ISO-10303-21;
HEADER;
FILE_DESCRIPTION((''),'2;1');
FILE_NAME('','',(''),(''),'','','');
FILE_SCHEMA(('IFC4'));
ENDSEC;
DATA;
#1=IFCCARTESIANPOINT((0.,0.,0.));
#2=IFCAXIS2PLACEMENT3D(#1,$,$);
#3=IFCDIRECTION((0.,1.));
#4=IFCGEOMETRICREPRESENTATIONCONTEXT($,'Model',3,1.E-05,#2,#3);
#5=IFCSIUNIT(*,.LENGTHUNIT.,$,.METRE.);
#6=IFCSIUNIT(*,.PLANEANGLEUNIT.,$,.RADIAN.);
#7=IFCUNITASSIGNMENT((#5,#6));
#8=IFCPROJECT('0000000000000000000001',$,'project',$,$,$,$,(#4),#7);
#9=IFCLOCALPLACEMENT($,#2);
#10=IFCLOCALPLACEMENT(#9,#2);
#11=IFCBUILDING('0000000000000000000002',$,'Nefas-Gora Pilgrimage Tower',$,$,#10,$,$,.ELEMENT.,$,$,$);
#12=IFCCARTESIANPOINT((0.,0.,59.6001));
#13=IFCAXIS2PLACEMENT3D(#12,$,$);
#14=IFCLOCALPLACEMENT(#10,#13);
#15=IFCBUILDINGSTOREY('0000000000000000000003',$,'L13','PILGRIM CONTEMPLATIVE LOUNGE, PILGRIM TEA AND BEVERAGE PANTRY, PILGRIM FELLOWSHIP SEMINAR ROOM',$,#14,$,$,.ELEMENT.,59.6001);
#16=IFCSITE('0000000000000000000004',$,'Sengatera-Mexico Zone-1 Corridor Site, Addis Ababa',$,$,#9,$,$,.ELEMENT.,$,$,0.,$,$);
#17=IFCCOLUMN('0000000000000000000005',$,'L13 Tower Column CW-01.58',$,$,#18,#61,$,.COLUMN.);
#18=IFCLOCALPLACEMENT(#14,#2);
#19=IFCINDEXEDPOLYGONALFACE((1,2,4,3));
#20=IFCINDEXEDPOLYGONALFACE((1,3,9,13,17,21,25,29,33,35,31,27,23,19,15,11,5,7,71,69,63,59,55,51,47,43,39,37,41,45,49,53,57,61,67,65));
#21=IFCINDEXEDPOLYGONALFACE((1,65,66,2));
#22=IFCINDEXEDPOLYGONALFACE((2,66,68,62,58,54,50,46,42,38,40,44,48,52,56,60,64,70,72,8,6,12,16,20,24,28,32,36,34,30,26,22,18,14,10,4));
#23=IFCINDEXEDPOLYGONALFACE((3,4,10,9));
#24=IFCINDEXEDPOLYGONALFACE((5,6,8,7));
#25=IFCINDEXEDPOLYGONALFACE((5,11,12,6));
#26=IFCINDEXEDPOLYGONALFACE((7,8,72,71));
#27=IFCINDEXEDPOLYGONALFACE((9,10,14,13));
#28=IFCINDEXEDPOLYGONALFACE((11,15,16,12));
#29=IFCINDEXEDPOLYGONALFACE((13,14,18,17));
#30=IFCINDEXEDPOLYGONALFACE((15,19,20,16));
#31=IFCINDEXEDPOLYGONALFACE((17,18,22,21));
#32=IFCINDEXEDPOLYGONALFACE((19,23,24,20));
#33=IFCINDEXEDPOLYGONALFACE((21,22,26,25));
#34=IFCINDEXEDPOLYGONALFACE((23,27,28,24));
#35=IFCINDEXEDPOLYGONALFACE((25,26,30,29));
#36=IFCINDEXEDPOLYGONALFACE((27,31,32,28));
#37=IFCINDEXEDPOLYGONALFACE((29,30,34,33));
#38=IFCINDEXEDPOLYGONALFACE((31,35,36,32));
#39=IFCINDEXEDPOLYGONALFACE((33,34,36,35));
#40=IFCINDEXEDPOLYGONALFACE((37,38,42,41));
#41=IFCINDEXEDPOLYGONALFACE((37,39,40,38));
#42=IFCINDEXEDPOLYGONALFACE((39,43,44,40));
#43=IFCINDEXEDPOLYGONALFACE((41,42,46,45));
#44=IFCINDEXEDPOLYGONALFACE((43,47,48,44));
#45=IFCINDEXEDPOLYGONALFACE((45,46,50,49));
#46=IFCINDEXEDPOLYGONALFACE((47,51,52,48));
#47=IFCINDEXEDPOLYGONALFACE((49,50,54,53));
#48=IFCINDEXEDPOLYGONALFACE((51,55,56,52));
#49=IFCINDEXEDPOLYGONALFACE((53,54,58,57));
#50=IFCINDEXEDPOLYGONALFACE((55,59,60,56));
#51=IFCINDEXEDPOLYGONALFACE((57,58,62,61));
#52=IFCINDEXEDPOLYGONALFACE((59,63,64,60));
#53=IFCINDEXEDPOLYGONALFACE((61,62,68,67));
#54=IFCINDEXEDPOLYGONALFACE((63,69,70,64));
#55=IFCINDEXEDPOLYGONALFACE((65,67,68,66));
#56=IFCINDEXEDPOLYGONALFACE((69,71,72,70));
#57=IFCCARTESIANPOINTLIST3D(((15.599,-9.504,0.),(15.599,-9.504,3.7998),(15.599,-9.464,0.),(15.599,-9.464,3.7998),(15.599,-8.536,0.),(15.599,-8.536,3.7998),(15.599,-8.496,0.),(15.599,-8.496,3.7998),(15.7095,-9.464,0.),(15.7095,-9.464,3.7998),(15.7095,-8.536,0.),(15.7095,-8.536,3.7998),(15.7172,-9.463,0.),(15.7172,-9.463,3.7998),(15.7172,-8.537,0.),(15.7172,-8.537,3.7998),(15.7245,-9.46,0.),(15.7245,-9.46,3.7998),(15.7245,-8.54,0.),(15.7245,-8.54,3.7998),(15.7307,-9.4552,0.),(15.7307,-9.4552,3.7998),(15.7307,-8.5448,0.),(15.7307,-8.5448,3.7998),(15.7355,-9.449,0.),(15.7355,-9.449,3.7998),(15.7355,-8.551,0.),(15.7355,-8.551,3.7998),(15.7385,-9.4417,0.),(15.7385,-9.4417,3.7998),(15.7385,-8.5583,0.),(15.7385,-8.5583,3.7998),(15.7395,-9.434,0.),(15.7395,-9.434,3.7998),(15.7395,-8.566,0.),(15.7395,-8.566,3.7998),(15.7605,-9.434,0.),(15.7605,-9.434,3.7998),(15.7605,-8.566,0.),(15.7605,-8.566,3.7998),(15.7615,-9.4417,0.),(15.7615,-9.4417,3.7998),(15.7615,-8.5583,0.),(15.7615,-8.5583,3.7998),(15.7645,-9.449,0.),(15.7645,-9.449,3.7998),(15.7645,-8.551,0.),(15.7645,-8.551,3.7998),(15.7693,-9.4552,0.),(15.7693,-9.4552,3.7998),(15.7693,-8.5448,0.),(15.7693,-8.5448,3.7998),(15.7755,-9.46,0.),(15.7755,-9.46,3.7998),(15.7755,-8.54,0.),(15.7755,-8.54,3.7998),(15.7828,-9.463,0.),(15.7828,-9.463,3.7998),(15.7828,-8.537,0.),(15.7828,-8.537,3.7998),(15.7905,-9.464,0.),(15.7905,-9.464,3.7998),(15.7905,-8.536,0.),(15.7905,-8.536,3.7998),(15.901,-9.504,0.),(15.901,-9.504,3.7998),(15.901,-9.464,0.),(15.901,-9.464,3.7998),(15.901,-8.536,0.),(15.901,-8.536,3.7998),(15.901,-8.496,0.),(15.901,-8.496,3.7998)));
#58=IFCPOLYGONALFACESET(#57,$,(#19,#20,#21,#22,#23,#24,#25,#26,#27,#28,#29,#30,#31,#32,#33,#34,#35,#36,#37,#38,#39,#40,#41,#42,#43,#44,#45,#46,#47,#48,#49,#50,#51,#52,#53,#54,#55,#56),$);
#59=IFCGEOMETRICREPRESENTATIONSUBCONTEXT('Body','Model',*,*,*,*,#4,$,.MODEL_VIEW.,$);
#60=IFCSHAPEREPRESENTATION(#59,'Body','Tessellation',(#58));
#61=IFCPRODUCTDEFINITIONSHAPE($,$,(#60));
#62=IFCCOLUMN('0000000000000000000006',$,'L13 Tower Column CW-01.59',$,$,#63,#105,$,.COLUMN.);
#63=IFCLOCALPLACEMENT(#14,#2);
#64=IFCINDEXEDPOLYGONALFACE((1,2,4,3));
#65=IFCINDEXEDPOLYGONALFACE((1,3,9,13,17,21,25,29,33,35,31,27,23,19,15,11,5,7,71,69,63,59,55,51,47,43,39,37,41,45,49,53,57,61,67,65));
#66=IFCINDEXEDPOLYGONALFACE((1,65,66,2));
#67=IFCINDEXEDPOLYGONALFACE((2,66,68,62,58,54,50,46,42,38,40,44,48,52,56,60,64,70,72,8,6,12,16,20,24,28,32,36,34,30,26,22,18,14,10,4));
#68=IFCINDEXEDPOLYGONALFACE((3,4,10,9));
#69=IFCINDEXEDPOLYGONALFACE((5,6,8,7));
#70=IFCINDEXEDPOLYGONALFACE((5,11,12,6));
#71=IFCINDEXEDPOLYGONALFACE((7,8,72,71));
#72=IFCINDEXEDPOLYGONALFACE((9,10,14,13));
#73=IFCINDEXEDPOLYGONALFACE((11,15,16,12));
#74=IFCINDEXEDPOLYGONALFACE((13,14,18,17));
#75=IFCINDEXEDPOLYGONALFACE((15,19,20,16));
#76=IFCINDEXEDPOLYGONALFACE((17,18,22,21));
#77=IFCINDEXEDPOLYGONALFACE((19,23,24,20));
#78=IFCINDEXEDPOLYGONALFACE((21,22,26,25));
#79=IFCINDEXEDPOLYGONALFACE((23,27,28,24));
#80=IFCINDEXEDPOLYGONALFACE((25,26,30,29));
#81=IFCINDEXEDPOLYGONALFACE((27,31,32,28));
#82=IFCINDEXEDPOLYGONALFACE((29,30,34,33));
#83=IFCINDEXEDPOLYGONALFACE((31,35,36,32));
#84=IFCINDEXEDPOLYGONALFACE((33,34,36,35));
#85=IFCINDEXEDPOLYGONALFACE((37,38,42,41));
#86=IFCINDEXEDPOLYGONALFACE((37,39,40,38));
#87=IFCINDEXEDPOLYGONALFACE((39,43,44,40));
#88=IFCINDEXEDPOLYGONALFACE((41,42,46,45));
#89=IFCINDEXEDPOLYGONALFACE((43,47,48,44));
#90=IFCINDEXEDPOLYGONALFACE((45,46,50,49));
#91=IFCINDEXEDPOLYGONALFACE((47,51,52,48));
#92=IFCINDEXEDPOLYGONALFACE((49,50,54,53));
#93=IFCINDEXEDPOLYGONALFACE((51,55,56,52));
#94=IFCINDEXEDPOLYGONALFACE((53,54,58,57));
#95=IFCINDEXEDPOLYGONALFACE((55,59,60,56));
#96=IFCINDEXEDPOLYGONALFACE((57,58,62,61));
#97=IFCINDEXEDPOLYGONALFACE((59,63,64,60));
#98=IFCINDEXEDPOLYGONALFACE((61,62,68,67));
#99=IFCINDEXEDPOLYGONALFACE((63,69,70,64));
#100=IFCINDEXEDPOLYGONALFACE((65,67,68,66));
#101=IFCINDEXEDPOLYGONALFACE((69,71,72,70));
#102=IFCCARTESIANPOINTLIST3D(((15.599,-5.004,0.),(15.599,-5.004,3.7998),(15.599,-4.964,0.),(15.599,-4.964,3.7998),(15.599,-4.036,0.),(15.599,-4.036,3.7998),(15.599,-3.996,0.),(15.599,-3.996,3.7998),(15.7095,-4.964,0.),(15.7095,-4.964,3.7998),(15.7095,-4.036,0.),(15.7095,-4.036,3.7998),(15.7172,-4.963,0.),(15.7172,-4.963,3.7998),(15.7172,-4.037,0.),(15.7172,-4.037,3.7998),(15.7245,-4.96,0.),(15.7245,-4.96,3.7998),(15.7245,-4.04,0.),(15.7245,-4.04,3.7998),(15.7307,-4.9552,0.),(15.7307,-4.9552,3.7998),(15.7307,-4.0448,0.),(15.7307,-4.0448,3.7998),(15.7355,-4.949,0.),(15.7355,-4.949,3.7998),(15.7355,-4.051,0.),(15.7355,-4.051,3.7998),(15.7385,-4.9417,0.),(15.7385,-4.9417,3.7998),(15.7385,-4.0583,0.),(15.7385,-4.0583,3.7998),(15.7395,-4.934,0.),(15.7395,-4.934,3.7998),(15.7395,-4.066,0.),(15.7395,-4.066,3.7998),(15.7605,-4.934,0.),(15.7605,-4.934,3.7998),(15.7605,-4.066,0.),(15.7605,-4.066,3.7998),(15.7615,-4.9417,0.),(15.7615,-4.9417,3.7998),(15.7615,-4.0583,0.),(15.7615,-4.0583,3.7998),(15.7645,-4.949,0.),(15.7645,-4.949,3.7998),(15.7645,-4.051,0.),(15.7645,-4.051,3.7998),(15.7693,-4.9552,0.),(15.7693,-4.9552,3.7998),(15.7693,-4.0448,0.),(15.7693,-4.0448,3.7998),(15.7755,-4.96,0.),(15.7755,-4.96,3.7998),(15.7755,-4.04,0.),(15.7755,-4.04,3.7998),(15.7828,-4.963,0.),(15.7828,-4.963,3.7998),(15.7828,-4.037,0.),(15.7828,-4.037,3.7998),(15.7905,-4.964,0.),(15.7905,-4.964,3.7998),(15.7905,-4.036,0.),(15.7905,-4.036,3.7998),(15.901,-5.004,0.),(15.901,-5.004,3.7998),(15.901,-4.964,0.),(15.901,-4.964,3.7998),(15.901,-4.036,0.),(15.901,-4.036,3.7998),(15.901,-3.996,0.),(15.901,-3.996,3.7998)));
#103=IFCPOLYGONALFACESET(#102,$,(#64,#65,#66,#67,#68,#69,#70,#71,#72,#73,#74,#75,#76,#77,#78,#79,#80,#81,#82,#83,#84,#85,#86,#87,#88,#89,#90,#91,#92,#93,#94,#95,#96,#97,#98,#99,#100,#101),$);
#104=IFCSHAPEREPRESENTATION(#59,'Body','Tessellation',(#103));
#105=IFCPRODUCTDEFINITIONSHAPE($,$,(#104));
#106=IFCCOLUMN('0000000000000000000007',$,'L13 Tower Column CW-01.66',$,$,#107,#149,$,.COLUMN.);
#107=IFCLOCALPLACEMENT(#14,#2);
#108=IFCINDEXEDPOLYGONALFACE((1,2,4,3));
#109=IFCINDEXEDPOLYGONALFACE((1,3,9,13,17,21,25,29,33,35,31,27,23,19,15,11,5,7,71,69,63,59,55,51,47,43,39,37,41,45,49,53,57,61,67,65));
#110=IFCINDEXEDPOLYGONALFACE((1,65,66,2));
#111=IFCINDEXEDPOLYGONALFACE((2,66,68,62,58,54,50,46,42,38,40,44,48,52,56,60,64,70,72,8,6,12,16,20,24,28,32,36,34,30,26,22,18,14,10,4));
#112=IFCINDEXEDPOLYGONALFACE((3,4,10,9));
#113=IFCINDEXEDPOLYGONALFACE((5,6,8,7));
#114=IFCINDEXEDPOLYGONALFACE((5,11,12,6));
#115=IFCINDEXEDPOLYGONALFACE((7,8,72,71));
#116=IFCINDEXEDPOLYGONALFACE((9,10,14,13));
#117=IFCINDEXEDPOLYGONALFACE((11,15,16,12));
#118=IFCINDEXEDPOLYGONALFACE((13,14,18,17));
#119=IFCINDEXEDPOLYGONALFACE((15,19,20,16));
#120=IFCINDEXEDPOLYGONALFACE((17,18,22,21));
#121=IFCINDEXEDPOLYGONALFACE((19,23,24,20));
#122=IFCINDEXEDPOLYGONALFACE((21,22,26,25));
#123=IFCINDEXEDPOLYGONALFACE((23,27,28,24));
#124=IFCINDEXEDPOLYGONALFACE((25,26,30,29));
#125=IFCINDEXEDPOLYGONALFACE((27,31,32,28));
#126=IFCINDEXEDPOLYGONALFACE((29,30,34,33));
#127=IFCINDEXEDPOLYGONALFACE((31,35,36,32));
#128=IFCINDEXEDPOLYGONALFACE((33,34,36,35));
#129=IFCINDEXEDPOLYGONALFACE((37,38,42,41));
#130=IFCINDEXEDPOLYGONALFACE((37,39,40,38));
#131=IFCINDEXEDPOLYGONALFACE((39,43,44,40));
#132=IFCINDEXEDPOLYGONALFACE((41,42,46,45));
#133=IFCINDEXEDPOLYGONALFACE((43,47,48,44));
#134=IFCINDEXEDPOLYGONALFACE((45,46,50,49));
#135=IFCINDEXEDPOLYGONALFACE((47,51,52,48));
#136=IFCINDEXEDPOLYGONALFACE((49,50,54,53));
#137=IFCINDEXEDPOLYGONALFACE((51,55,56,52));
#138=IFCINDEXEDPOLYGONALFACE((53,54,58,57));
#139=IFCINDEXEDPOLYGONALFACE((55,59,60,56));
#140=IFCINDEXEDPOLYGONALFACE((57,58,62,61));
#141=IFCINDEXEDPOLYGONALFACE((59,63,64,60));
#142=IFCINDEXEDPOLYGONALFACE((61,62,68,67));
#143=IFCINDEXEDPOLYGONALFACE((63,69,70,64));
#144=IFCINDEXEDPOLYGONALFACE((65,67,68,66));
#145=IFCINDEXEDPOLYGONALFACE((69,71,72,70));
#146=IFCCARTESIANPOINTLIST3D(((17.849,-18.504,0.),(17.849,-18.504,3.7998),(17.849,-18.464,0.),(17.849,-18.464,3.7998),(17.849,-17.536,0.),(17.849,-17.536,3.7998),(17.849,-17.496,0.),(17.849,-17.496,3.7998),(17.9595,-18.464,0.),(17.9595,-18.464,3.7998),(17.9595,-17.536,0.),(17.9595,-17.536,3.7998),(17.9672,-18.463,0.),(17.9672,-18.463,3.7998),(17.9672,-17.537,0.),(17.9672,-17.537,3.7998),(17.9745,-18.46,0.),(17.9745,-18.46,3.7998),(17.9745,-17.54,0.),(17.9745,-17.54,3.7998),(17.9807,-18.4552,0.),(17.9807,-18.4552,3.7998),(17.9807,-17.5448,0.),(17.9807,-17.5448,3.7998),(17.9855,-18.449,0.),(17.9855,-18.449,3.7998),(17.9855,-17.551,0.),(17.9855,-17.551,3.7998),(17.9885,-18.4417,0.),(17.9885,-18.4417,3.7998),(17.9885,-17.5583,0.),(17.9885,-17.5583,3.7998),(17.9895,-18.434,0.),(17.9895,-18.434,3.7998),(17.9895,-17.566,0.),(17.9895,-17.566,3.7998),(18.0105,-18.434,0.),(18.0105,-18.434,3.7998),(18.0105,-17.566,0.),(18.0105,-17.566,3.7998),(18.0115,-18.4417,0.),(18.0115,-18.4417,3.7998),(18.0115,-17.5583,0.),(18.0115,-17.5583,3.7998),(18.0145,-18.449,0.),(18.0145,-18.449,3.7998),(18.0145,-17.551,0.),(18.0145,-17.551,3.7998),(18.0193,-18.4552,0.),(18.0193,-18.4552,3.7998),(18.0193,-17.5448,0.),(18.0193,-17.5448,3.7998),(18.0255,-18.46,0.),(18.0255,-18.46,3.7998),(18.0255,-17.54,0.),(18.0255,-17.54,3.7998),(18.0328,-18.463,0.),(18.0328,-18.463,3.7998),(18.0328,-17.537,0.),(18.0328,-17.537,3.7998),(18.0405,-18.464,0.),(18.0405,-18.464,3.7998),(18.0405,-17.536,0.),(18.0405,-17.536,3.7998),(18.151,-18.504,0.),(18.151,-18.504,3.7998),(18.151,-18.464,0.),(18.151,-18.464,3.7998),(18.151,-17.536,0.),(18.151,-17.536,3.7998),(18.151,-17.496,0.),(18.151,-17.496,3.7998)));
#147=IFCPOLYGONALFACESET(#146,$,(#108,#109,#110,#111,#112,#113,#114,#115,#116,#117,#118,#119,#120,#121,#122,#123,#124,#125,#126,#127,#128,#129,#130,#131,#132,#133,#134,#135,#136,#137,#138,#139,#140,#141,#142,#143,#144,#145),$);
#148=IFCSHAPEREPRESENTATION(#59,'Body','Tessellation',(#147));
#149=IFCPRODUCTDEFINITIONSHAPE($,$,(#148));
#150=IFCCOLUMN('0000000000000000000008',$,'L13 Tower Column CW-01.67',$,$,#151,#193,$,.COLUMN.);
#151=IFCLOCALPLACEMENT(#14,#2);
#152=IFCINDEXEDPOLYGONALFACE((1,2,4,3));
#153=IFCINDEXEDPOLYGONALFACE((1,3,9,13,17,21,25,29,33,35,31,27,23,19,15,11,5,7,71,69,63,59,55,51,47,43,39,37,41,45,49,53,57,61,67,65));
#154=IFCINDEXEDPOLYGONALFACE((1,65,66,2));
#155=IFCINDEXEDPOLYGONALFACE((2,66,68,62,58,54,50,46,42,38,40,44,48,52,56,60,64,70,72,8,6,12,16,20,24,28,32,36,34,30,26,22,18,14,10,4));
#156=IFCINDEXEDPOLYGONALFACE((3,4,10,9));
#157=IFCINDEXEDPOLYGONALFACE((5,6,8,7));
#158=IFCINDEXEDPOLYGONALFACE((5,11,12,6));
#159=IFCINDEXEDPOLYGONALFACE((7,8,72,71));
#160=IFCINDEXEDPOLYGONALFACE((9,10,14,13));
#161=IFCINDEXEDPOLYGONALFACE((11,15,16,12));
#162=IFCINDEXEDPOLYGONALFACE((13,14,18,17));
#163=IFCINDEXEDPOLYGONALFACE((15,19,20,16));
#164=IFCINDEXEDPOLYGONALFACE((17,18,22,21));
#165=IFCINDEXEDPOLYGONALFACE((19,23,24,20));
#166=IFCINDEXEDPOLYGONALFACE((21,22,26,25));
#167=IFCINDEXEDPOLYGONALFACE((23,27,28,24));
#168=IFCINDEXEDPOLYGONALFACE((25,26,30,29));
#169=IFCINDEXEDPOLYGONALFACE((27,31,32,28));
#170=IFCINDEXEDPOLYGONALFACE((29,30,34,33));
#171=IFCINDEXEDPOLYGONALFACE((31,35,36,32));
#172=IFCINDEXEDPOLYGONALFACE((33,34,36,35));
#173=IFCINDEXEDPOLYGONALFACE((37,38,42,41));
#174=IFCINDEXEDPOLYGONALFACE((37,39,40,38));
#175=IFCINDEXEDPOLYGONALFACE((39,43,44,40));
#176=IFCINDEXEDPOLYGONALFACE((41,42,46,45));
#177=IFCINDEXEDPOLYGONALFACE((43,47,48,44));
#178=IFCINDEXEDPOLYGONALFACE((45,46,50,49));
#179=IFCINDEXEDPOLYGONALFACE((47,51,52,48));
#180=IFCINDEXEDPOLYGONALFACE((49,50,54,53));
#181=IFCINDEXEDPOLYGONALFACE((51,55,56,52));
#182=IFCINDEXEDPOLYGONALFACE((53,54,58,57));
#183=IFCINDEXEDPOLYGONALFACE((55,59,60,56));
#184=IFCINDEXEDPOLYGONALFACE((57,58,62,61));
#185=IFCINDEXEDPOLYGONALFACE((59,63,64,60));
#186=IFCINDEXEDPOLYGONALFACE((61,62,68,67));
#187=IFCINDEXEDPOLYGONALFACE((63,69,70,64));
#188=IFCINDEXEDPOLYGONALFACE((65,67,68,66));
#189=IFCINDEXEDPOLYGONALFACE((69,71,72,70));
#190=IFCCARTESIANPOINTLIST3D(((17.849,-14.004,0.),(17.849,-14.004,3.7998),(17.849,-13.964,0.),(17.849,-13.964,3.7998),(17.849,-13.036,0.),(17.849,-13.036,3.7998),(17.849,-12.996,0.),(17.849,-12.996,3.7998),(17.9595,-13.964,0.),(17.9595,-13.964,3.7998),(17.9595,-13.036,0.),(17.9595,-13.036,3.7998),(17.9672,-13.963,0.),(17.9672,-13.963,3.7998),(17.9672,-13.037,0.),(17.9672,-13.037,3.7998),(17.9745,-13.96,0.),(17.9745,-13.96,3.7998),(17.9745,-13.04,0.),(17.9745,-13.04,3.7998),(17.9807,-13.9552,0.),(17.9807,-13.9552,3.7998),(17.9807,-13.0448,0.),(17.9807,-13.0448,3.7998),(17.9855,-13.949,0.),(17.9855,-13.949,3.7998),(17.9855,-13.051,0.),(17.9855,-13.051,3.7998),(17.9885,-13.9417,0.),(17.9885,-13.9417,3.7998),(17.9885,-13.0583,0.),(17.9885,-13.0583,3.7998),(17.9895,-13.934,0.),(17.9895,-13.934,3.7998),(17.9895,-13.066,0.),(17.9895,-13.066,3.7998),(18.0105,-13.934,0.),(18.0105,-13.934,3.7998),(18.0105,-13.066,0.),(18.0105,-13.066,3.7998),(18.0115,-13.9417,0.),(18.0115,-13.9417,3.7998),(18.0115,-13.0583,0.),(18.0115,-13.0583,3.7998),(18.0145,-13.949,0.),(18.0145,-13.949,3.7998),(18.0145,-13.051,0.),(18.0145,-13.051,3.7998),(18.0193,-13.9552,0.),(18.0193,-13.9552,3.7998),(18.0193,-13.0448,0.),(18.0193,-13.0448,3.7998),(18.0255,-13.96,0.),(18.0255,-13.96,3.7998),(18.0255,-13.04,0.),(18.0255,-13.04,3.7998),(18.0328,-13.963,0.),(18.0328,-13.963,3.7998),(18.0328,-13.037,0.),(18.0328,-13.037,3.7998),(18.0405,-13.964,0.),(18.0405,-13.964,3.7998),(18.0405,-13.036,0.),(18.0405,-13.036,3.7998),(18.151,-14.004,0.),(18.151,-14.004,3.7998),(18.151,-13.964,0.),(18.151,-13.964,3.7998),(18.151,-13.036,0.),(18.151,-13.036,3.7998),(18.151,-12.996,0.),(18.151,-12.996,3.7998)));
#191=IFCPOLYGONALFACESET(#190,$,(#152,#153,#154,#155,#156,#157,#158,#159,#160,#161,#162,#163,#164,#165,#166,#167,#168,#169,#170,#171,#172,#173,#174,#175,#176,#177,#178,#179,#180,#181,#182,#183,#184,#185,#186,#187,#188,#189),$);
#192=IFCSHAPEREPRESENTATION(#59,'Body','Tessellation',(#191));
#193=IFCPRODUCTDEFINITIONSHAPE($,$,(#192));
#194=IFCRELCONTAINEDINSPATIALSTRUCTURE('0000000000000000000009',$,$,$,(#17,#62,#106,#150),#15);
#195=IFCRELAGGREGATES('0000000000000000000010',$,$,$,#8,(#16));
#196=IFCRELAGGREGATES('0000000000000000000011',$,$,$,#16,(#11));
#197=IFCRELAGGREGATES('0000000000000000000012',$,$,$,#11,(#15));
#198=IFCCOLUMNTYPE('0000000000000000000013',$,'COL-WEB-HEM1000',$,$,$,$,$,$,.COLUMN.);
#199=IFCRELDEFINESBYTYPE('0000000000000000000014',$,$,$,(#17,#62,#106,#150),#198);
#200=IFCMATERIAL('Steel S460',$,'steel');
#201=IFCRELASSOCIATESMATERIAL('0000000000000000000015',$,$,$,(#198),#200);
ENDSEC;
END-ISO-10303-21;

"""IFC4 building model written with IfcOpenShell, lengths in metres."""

from ifc_helpers import new_model, si_unit, direction, frame, origin, origin_2d, place, context, subcontext, project, spatial, i_section, extrude, source, transform, mapped, material, material_profile, profile_set, type_object, element, save


model = new_model("IFC4")

# Units and contexts
model_context = context("Model", 3, precision=1e-05, world=origin(), true_north=direction((0.0, 1.0)))
body_context = subcontext(model_context, "Body", "Model", "MODEL_VIEW")
ifc_project = project(units=[si_unit("LENGTHUNIT", "METRE"), si_unit("PLANEANGLEUNIT", "RADIAN")], contexts=[model_context])

# Site, building, storey
site_placement = place(None, origin())
site = spatial("IfcSite", under=ifc_project, at=site_placement, Name="Sengatera-Mexico Zone-1 Corridor Site, Addis Ababa", CompositionType="ELEMENT", RefElevation=0.0)
building_placement = place(site_placement, origin())
building = spatial("IfcBuilding", under=site, at=building_placement, Name="Nefas-Gora Pilgrimage Tower", CompositionType="ELEMENT")
storey_placement = place(building_placement, frame((0.0, 0.0, 59.6001)))
storey = spatial("IfcBuildingStorey", under=building, at=storey_placement, Name="L13", Description="PILGRIM CONTEMPLATIVE LOUNGE, PILGRIM TEA AND BEVERAGE PANTRY, PILGRIM FELLOWSHIP SEMINAR ROOM", CompositionType="ELEMENT", Elevation=59.6001)

# Columns
ifc_material_1 = material(Name="Steel S460", Category="steel")
ifc_material_profile_1 = material_profile(ifc_material_1, i_section(OverallWidth=0.302, OverallDepth=1.0081, WebThickness=0.021, FlangeThickness=0.04, FilletRadius=0.03, at=origin_2d()), Name="HEM 1000")
ifc_profile_set_1 = profile_set([ifc_material_profile_1], Name="Steel S460")
column_type_1 = type_object("IfcColumnType", Name="COL-WEB-HEM1000", PredefinedType="COLUMN", material=ifc_profile_set_1)
shared_shape_1 = source(origin(), body_context, "Body", "SweptSolid", [
    extrude(i_section(OverallWidth=0.302, OverallDepth=1.0081, WebThickness=0.021, FlangeThickness=0.04, FilletRadius=0.03, at=origin_2d()), origin(), (0.0, 0.0, 1.0), 3.7998),
])
for number, where, z_axis, x_axis, name in (
    (1, (15.75, -9.0, 0.0), (0.0, 0.0, 1.0), (1.0, 0.0, 0.0), "L13 Tower Column CW-01.58"),
    (2, (15.75, -4.5, 0.0), (0.0, 0.0, 1.0), (1.0, 0.0, 0.0), "L13 Tower Column CW-01.59"),
    (3, (18.0, -18.0, 0.0), (0.0, 0.0, 1.0), (1.0, 0.0, 0.0), "L13 Tower Column CW-01.66"),
    (4, (18.0, -13.5, 0.0), (0.0, 0.0, 1.0), (1.0, 0.0, 0.0), "L13 Tower Column CW-01.67"),
):
    element("IfcColumn", number, at=place(storey_placement, frame(where, z_axis=z_axis, x_axis=x_axis)), inside=storey, type_object=column_type_1, Name=name, PredefinedType="COLUMN", context=body_context, shape_type="MappedRepresentation", body=[
        mapped(shared_shape_1, transform((0.0, 0.0, 0.0), x_axis=(1.0, 0.0, 0.0), y_axis=(0.0, 1.0, 0.0), z_axis=(0.0, 0.0, 1.0), scale=1.0)),
    ])

save(model, "model.ifc")
